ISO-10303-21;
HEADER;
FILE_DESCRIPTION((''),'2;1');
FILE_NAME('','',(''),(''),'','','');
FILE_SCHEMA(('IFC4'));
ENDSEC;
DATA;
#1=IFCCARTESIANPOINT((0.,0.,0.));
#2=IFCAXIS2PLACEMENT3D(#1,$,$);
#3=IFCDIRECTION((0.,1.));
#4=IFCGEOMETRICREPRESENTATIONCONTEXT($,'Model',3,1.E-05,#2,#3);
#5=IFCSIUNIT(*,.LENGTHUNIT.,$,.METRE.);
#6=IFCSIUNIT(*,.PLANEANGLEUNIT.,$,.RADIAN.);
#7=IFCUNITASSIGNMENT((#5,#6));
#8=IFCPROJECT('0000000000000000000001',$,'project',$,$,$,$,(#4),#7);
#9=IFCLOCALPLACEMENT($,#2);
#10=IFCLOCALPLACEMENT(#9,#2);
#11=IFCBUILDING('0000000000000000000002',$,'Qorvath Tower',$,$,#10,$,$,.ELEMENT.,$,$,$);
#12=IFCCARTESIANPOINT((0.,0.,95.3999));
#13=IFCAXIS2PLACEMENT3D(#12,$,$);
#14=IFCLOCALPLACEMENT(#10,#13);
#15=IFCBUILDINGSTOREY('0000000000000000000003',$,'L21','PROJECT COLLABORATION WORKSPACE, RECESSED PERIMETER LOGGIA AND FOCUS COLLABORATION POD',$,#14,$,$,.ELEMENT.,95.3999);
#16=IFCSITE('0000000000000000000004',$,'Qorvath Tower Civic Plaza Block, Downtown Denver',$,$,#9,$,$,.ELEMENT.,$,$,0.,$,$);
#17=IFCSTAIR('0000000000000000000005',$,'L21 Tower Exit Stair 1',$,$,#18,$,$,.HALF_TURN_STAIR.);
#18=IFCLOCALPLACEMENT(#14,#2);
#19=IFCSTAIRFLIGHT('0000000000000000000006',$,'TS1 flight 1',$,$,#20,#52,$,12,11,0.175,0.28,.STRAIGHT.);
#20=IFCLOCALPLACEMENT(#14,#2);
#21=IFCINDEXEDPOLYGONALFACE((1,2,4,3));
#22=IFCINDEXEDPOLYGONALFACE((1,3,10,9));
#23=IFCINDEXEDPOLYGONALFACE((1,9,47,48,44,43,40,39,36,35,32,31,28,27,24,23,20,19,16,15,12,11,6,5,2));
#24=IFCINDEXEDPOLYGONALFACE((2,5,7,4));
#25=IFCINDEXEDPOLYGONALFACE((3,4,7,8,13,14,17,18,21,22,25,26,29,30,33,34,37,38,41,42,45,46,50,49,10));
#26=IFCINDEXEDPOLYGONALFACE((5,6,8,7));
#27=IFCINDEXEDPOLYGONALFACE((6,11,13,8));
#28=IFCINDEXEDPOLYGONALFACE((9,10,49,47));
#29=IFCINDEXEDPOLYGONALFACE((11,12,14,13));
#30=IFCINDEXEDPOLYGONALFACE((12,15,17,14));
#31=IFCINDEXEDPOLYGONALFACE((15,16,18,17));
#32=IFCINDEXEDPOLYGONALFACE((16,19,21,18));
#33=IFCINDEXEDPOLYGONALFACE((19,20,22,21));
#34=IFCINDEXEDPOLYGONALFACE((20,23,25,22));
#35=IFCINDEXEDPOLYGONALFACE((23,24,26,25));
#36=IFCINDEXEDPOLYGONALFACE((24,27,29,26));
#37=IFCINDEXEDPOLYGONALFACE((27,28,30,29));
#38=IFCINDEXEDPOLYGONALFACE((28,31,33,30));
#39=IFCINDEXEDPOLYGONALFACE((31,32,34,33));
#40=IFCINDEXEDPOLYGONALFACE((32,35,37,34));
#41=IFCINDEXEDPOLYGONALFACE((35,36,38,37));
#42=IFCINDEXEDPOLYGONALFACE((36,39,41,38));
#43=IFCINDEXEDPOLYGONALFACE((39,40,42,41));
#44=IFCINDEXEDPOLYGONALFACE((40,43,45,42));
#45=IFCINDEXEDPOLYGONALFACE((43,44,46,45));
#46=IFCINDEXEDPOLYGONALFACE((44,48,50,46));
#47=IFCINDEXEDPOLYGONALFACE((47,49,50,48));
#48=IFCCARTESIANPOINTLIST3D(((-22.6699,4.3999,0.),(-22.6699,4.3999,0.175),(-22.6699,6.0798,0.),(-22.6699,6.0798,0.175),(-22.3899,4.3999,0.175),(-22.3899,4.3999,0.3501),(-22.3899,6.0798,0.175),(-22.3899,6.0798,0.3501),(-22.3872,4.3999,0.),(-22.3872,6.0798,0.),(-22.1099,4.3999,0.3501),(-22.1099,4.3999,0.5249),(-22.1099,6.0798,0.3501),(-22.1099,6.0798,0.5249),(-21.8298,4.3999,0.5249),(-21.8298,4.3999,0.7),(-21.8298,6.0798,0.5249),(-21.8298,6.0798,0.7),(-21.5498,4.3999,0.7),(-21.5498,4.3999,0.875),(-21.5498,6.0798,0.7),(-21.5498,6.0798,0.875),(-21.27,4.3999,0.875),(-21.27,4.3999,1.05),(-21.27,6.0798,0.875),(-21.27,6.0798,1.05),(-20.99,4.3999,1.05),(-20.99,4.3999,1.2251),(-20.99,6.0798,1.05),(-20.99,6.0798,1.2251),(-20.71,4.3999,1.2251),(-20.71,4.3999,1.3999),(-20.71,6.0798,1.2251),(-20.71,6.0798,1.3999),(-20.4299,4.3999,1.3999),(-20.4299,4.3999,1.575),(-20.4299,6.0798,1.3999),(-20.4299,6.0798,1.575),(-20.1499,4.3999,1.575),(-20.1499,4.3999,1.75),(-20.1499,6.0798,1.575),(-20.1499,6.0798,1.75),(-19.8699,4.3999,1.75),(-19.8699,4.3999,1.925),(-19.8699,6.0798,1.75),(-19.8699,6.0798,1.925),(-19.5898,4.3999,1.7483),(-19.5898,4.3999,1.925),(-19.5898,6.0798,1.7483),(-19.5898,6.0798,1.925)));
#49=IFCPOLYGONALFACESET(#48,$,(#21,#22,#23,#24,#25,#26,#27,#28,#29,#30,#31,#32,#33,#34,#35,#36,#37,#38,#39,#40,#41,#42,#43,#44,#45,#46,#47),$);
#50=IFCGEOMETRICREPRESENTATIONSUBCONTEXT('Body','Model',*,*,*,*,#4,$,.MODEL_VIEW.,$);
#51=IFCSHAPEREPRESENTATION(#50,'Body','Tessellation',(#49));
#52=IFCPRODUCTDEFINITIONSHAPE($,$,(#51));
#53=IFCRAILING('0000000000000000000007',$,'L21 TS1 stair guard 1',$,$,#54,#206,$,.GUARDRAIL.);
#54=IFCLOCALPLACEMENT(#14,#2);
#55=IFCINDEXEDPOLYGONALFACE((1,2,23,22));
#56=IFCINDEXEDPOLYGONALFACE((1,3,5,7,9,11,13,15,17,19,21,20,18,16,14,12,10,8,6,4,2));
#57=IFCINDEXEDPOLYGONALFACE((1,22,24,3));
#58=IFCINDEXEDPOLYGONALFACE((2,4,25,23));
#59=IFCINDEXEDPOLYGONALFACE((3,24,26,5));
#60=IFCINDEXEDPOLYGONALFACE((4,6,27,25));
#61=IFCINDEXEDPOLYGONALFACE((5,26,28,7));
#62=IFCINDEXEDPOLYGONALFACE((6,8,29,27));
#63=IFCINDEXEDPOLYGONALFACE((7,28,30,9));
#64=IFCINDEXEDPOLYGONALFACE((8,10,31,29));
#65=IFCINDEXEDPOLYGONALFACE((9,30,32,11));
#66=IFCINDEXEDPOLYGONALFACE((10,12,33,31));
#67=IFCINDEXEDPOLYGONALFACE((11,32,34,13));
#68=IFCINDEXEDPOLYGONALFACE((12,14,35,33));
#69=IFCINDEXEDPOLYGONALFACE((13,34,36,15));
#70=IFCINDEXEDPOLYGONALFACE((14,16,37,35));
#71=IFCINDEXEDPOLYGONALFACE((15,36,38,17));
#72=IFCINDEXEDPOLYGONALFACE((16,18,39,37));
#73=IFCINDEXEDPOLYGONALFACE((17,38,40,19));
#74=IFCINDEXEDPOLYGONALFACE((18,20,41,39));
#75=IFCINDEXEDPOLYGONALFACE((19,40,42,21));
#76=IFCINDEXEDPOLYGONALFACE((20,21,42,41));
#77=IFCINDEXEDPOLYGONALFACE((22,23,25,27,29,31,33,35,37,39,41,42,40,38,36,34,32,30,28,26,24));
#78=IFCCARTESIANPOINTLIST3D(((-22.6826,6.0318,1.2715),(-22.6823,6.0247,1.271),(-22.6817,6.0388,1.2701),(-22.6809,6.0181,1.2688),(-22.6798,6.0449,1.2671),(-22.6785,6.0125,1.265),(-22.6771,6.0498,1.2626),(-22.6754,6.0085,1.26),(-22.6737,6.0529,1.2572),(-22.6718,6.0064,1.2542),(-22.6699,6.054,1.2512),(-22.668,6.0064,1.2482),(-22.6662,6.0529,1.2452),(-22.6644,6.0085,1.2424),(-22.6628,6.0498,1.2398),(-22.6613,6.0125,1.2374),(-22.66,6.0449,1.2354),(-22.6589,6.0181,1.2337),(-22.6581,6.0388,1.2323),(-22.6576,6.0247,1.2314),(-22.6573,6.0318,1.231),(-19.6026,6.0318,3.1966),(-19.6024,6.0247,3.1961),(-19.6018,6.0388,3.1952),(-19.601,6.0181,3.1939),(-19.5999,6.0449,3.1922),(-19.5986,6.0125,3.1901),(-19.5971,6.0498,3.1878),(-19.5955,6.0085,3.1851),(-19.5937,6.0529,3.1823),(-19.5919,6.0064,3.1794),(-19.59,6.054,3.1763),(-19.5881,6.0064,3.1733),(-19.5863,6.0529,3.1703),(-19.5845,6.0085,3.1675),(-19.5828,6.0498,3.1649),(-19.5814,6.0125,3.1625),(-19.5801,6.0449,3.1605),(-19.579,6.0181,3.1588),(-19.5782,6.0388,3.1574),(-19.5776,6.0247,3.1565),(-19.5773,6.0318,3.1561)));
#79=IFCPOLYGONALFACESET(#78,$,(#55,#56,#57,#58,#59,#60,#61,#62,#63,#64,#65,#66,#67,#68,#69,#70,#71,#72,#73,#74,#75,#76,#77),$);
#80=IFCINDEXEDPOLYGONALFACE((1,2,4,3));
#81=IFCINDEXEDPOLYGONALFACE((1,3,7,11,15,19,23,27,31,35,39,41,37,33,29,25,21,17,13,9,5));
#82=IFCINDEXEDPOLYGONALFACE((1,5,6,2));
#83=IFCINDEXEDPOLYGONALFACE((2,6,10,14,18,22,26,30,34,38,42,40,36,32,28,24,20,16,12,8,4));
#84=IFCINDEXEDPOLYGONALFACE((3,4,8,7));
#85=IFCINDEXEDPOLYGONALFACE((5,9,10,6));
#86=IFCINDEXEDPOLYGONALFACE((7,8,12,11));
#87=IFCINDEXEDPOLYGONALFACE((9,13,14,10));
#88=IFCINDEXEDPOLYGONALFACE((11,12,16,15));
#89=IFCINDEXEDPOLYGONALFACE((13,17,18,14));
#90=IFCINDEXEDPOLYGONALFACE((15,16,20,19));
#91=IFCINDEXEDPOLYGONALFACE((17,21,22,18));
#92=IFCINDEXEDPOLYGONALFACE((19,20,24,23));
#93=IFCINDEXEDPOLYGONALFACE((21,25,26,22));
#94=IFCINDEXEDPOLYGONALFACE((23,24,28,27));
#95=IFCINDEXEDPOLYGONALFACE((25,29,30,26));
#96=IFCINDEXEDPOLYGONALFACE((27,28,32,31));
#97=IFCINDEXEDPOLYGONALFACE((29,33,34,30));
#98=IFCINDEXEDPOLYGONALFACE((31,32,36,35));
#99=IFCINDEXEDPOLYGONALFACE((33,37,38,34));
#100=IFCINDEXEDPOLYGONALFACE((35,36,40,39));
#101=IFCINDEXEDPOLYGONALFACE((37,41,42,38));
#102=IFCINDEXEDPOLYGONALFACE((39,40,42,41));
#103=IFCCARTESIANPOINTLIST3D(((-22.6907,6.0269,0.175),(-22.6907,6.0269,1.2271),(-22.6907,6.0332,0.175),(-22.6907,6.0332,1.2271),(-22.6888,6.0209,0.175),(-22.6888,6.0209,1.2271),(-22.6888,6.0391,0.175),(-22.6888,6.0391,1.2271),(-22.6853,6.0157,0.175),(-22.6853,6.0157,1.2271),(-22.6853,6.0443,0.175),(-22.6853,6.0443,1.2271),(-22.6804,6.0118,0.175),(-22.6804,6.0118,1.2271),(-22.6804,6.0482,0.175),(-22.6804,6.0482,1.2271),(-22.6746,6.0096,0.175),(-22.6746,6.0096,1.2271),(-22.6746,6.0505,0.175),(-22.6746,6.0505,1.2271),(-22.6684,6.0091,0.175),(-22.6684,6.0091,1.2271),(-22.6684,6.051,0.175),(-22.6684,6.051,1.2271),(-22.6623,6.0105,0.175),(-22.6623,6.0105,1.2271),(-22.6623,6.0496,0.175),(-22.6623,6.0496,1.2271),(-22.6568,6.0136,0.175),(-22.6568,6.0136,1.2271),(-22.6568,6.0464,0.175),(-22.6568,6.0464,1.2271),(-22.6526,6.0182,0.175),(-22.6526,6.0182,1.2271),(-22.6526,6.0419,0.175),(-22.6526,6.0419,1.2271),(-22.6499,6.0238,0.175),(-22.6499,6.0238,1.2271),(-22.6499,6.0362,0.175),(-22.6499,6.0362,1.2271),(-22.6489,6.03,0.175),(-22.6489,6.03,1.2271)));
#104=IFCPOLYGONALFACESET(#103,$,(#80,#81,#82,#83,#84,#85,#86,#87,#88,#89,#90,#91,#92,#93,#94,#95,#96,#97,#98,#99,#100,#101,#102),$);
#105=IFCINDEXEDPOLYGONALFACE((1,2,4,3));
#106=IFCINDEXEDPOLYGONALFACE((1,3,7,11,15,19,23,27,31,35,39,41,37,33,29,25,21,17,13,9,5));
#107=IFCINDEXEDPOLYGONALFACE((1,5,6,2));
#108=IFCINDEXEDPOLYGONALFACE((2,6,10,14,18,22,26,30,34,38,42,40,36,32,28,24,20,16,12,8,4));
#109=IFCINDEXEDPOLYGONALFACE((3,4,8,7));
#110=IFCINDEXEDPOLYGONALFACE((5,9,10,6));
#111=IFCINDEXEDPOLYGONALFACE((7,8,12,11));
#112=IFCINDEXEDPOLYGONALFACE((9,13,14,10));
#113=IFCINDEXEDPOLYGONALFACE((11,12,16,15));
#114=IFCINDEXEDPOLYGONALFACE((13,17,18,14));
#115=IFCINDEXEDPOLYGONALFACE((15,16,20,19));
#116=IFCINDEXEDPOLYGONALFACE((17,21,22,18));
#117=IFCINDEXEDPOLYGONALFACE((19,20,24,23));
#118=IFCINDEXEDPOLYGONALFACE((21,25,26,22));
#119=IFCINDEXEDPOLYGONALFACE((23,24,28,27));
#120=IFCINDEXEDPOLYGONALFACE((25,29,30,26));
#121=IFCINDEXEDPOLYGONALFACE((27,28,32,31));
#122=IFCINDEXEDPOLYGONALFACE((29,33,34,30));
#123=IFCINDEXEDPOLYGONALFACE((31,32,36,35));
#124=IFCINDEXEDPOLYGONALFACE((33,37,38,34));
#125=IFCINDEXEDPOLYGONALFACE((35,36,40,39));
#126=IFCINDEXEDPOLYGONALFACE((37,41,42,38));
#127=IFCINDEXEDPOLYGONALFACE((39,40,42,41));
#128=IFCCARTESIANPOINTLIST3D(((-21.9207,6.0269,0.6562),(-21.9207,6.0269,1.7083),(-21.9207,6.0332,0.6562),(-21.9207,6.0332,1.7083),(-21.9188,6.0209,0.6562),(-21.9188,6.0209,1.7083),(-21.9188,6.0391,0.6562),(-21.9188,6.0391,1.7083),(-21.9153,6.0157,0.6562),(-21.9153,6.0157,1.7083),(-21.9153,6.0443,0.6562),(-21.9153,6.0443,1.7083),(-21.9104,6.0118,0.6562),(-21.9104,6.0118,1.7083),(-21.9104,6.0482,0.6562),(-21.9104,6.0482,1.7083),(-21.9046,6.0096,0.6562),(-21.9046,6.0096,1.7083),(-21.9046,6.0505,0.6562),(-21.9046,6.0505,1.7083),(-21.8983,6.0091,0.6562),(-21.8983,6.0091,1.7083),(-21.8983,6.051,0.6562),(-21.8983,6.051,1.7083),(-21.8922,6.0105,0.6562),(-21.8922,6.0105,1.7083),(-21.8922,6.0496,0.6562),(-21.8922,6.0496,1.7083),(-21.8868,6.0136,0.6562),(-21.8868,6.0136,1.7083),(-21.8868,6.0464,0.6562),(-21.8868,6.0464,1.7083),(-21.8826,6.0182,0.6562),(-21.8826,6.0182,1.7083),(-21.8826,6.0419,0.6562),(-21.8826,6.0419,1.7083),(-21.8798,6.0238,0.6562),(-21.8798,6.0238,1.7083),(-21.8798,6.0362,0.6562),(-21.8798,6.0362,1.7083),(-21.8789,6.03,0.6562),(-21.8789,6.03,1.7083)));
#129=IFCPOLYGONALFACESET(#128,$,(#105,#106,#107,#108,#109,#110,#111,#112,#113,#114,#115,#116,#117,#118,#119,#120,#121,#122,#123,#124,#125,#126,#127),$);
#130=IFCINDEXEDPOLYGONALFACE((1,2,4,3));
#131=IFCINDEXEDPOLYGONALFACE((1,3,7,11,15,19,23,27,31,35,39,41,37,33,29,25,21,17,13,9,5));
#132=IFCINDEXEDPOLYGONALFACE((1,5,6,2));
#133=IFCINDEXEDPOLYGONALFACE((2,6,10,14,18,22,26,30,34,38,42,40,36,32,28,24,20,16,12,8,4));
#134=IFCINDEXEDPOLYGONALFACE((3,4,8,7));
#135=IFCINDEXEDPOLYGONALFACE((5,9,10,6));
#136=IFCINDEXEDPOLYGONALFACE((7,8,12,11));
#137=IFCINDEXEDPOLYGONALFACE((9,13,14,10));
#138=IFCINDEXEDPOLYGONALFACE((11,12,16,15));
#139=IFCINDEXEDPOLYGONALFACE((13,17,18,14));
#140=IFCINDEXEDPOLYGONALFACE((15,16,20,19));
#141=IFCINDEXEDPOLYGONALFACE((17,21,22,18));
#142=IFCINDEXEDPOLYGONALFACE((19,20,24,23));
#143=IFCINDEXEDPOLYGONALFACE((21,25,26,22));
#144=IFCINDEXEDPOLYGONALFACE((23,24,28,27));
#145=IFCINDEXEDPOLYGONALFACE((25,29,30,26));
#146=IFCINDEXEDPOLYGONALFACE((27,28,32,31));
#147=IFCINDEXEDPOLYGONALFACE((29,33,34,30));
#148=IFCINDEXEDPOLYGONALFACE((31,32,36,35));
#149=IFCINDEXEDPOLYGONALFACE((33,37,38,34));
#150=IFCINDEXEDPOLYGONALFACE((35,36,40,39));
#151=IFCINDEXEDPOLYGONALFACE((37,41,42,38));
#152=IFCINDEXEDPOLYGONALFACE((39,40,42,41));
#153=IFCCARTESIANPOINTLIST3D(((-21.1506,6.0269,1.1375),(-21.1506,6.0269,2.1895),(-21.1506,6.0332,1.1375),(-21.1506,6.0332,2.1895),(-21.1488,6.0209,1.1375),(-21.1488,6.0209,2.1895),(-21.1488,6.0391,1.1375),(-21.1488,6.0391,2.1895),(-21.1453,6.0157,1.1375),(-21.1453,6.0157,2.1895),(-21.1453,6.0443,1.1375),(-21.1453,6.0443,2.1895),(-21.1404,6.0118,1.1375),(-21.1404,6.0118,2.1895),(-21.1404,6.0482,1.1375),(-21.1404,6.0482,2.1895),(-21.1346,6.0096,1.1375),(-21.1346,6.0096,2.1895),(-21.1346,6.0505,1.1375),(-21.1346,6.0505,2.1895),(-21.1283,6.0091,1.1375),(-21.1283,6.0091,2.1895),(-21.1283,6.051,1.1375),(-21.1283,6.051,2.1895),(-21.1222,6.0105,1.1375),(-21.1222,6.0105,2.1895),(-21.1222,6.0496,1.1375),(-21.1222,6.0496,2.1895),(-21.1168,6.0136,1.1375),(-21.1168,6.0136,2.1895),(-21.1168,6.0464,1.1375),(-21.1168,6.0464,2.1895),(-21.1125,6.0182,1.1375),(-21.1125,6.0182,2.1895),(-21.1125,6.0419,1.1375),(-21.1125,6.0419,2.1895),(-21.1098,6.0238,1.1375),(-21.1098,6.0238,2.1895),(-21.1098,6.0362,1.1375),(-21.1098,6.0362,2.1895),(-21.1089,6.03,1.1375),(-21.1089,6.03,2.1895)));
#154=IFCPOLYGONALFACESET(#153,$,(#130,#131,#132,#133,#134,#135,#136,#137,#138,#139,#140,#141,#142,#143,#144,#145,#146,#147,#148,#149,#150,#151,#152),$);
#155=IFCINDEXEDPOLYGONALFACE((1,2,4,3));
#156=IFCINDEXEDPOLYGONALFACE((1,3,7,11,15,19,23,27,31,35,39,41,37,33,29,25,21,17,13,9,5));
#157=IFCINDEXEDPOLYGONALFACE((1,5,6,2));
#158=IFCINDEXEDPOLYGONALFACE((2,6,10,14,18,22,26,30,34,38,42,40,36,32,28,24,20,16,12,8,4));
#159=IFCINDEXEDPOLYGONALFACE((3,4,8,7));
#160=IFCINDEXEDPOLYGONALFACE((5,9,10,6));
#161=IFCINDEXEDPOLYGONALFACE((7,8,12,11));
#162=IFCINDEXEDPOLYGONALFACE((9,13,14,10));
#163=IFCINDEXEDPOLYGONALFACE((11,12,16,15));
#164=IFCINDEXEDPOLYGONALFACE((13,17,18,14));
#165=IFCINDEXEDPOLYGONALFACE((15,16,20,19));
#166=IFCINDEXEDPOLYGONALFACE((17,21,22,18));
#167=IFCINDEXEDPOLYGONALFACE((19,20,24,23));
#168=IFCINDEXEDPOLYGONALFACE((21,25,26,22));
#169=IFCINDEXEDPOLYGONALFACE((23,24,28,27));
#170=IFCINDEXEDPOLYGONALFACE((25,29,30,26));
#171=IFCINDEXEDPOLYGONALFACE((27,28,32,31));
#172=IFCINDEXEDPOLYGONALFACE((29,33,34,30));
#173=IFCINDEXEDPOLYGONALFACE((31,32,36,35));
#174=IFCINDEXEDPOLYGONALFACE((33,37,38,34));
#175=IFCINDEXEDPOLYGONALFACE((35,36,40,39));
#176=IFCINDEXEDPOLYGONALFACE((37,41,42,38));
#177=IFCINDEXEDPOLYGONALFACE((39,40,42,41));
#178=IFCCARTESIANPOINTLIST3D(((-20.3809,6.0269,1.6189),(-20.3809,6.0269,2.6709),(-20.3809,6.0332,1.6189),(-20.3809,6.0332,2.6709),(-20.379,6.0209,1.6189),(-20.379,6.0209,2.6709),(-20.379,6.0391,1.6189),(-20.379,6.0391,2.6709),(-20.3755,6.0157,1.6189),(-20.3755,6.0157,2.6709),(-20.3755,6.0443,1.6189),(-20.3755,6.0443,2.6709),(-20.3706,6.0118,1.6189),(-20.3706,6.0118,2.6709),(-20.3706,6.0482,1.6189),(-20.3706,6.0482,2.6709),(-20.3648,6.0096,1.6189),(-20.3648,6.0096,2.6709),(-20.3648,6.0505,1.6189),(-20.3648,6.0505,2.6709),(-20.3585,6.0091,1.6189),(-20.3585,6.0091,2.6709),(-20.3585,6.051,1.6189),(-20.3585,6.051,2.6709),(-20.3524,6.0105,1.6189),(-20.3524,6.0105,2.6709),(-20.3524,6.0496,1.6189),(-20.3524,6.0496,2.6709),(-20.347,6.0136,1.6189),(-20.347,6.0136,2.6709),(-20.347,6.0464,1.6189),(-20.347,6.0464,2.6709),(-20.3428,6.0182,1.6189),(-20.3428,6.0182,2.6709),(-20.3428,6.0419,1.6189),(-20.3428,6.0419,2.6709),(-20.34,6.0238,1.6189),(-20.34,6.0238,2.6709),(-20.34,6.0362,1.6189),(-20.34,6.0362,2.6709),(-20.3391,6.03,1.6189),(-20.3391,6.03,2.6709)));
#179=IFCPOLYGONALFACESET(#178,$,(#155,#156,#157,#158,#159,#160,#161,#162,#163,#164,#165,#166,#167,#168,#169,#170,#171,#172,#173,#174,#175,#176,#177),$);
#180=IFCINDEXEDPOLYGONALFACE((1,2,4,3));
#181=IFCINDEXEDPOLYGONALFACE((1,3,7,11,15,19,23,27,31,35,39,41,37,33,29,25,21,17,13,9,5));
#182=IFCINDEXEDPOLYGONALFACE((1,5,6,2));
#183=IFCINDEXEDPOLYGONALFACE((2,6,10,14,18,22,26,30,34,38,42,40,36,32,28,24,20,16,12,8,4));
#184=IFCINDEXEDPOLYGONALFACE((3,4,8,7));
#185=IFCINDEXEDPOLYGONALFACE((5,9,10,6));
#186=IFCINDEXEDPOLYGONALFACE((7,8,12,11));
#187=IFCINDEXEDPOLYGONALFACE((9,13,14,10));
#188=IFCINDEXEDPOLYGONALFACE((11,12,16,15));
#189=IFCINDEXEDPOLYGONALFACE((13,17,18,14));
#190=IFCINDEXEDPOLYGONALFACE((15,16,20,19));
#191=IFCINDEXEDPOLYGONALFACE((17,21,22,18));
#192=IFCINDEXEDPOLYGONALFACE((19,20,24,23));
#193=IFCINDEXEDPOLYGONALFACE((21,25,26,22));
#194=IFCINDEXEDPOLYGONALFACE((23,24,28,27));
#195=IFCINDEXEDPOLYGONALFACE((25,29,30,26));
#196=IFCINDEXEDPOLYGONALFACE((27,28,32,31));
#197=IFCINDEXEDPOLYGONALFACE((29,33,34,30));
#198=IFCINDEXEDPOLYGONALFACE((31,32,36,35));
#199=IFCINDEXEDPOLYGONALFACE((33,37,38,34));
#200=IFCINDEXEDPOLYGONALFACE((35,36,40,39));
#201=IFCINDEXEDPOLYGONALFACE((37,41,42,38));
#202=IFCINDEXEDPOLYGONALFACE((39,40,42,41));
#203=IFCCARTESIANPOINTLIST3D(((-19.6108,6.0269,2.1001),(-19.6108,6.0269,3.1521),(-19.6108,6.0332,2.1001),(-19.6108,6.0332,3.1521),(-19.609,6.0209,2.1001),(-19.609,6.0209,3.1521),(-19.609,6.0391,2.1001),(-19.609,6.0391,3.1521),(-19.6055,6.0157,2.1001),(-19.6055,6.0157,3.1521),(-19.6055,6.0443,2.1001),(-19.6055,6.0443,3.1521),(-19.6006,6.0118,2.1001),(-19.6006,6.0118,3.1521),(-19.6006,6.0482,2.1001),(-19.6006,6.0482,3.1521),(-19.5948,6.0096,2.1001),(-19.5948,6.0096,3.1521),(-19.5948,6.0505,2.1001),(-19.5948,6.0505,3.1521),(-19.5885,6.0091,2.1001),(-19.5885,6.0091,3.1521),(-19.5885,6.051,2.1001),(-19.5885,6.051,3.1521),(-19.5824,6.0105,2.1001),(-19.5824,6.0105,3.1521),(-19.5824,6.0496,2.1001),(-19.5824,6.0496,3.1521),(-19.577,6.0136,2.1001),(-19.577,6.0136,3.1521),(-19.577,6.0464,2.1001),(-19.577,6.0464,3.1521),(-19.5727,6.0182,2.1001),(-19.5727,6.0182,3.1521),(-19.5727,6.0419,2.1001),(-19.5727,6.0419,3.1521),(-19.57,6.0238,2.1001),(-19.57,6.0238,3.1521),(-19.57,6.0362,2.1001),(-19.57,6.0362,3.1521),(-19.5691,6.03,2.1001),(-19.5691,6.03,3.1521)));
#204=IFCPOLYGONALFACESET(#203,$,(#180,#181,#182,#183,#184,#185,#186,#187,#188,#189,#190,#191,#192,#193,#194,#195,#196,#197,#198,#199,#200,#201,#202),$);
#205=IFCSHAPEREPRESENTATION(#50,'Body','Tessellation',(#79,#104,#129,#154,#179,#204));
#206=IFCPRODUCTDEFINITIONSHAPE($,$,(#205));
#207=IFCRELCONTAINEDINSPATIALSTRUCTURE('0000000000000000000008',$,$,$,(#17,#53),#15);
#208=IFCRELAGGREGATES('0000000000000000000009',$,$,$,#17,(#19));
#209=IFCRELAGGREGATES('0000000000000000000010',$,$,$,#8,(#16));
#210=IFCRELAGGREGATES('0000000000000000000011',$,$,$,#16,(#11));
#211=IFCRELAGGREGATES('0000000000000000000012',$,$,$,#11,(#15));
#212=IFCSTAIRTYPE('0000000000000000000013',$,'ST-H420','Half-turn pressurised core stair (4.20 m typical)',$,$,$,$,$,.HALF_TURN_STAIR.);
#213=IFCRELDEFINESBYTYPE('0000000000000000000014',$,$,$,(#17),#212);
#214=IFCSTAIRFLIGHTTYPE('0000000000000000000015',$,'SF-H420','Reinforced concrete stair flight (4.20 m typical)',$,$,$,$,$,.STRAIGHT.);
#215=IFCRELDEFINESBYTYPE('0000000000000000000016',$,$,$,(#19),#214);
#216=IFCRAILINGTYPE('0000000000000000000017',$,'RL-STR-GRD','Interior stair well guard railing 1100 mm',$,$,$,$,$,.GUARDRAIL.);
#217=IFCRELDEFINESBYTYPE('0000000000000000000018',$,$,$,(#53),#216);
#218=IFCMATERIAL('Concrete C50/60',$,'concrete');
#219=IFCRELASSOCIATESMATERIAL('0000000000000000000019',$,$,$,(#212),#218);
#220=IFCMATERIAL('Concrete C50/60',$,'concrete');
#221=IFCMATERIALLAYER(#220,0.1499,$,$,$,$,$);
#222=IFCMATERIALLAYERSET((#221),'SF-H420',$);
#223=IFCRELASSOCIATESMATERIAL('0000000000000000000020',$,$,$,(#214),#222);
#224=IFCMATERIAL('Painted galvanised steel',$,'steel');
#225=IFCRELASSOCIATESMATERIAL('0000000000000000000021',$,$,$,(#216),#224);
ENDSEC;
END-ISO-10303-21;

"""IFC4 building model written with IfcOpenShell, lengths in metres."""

from ifc_helpers import new_model, si_unit, direction, frame, origin, origin_2d, place, context, subcontext, project, spatial, polyline, circle, outline, extrude, material, layer, layer_set, type_object, element, aggregate, save


model = new_model("IFC4")

# Units and contexts
model_context = context("Model", 3, precision=1e-05, world=origin(), true_north=direction((0.0, 1.0)))
body_context = subcontext(model_context, "Body", "Model", "MODEL_VIEW")
ifc_project = project(units=[si_unit("LENGTHUNIT", "METRE"), si_unit("PLANEANGLEUNIT", "RADIAN")], contexts=[model_context])

# Site, building, storey
site_placement = place(None, origin())
site = spatial("IfcSite", under=ifc_project, at=site_placement, Name="Qorvath Tower Civic Plaza Block, Downtown Denver", CompositionType="ELEMENT", RefElevation=0.0)
building_placement = place(site_placement, origin())
building = spatial("IfcBuilding", under=site, at=building_placement, Name="Qorvath Tower", CompositionType="ELEMENT")
storey_placement = place(building_placement, frame((0.0, 0.0, 95.3999)))
storey = spatial("IfcBuildingStorey", under=building, at=storey_placement, Name="L21", Description="PROJECT COLLABORATION WORKSPACE, RECESSED PERIMETER LOGGIA AND FOCUS COLLABORATION POD", CompositionType="ELEMENT", Elevation=95.3999)

# Stair, stair flight
ifc_material_1 = material(Name="Concrete C50/60", Category="concrete")
stair_type = type_object("IfcStairType", Name="ST-H420", Description="Half-turn pressurised core stair (4.20 m typical)", PredefinedType="HALF_TURN_STAIR", material=ifc_material_1)
stair_placement = place(storey_placement, origin())
stair = element("IfcStair", 1, at=stair_placement, inside=storey, type_object=stair_type, Name="L21 Tower Exit Stair 1", PredefinedType="HALF_TURN_STAIR")
ifc_material_2 = material(Name="Concrete C50/60", Category="concrete")
ifc_layer_1 = layer(ifc_material_2, 0.1499)
ifc_layer_set_1 = layer_set([ifc_layer_1], Name="SF-H420")
stair_flight_type = type_object("IfcStairFlightType", Name="SF-H420", Description="Reinforced concrete stair flight (4.20 m typical)", PredefinedType="STRAIGHT", material=ifc_layer_set_1)
stair_flight_placement = place(storey_placement, frame((-22.6699, 5.24, 0.0), z_axis=(0.0, 0.0, 1.0), x_axis=(1.0, 0.0, 0.0)))
stair_flight = element("IfcStairFlight", 2, at=stair_flight_placement, type_object=stair_flight_type, Name="TS1 flight 1", NumberOfRisers=12, NumberOfTreads=11, PredefinedType="STRAIGHT", RiserHeight=0.175, TreadLength=0.28, context=body_context, shape_type="SweptSolid", body=[
    extrude(outline(polyline([(0.0, 0.0), (0.0, 0.175), (0.28, 0.175), (0.28, 0.3501), (0.5601, 0.3501), (0.5601, 0.5249), (0.8401, 0.5249), (0.8401, 0.7), (1.1201, 0.7), (1.1201, 0.875), (1.3999, 0.875), (1.3999, 1.05), (1.6799, 1.05), (1.6799, 1.2251), (1.96, 1.2251), (1.96, 1.3999), (2.24, 1.3999), (2.24, 1.575), (2.52, 1.575), (2.52, 1.75), (2.8, 1.75), (2.8, 1.925), (3.0801, 1.925), (3.0801, 2.1001), (3.0801, 1.7483), (0.2827, 0.0), (0.0, 0.0)])), frame((0.0, 0.8398, 0.0), z_axis=(0.0, -1.0, 0.0), x_axis=(1.0, 0.0, 0.0)), (0.0, 0.0, 1.0), 1.6799),
])
aggregate(stair, [stair_flight])

# Railing
ifc_material_3 = material(Name="Painted galvanised steel", Category="steel")
railing_type_1 = type_object("IfcRailingType", Name="RL-STR-GRD", Description="Interior stair well guard railing 1100 mm", PredefinedType="GUARDRAIL", material=ifc_material_3)
railing_1_placement = place(storey_placement, frame((-22.6699, 6.03, 0.175)))
element("IfcRailing", 3, at=railing_1_placement, inside=storey, type_object=railing_type_1, Name="L21 TS1 stair guard 1", PredefinedType="GUARDRAIL", context=body_context, shape_type="SweptSolid", body=[
    extrude(circle(Radius=0.0239, at=origin_2d()), frame((0.0, 0.0, 1.0762), z_axis=(0.847979, 0.0, 0.530029), x_axis=(0.0, 1.0, 0.0)), (0.0, 0.0, 1.0), 3.6321),
    extrude(circle(Radius=0.021, at=origin_2d()), origin(), (0.0, 0.0, 1.0), 1.052),
    extrude(circle(Radius=0.021, at=origin_2d()), frame((0.77, 0.0, 0.4812)), (0.0, 0.0, 1.0), 1.052),
    extrude(circle(Radius=0.021, at=origin_2d()), frame((1.54, 0.0, 0.9624)), (0.0, 0.0, 1.0), 1.052),
    extrude(circle(Radius=0.021, at=origin_2d()), frame((2.3098, 0.0, 1.4438)), (0.0, 0.0, 1.0), 1.052),
    extrude(circle(Radius=0.021, at=origin_2d()), frame((3.0798, 0.0, 1.925)), (0.0, 0.0, 1.0), 1.052),
])

save(model, "model.ifc")
